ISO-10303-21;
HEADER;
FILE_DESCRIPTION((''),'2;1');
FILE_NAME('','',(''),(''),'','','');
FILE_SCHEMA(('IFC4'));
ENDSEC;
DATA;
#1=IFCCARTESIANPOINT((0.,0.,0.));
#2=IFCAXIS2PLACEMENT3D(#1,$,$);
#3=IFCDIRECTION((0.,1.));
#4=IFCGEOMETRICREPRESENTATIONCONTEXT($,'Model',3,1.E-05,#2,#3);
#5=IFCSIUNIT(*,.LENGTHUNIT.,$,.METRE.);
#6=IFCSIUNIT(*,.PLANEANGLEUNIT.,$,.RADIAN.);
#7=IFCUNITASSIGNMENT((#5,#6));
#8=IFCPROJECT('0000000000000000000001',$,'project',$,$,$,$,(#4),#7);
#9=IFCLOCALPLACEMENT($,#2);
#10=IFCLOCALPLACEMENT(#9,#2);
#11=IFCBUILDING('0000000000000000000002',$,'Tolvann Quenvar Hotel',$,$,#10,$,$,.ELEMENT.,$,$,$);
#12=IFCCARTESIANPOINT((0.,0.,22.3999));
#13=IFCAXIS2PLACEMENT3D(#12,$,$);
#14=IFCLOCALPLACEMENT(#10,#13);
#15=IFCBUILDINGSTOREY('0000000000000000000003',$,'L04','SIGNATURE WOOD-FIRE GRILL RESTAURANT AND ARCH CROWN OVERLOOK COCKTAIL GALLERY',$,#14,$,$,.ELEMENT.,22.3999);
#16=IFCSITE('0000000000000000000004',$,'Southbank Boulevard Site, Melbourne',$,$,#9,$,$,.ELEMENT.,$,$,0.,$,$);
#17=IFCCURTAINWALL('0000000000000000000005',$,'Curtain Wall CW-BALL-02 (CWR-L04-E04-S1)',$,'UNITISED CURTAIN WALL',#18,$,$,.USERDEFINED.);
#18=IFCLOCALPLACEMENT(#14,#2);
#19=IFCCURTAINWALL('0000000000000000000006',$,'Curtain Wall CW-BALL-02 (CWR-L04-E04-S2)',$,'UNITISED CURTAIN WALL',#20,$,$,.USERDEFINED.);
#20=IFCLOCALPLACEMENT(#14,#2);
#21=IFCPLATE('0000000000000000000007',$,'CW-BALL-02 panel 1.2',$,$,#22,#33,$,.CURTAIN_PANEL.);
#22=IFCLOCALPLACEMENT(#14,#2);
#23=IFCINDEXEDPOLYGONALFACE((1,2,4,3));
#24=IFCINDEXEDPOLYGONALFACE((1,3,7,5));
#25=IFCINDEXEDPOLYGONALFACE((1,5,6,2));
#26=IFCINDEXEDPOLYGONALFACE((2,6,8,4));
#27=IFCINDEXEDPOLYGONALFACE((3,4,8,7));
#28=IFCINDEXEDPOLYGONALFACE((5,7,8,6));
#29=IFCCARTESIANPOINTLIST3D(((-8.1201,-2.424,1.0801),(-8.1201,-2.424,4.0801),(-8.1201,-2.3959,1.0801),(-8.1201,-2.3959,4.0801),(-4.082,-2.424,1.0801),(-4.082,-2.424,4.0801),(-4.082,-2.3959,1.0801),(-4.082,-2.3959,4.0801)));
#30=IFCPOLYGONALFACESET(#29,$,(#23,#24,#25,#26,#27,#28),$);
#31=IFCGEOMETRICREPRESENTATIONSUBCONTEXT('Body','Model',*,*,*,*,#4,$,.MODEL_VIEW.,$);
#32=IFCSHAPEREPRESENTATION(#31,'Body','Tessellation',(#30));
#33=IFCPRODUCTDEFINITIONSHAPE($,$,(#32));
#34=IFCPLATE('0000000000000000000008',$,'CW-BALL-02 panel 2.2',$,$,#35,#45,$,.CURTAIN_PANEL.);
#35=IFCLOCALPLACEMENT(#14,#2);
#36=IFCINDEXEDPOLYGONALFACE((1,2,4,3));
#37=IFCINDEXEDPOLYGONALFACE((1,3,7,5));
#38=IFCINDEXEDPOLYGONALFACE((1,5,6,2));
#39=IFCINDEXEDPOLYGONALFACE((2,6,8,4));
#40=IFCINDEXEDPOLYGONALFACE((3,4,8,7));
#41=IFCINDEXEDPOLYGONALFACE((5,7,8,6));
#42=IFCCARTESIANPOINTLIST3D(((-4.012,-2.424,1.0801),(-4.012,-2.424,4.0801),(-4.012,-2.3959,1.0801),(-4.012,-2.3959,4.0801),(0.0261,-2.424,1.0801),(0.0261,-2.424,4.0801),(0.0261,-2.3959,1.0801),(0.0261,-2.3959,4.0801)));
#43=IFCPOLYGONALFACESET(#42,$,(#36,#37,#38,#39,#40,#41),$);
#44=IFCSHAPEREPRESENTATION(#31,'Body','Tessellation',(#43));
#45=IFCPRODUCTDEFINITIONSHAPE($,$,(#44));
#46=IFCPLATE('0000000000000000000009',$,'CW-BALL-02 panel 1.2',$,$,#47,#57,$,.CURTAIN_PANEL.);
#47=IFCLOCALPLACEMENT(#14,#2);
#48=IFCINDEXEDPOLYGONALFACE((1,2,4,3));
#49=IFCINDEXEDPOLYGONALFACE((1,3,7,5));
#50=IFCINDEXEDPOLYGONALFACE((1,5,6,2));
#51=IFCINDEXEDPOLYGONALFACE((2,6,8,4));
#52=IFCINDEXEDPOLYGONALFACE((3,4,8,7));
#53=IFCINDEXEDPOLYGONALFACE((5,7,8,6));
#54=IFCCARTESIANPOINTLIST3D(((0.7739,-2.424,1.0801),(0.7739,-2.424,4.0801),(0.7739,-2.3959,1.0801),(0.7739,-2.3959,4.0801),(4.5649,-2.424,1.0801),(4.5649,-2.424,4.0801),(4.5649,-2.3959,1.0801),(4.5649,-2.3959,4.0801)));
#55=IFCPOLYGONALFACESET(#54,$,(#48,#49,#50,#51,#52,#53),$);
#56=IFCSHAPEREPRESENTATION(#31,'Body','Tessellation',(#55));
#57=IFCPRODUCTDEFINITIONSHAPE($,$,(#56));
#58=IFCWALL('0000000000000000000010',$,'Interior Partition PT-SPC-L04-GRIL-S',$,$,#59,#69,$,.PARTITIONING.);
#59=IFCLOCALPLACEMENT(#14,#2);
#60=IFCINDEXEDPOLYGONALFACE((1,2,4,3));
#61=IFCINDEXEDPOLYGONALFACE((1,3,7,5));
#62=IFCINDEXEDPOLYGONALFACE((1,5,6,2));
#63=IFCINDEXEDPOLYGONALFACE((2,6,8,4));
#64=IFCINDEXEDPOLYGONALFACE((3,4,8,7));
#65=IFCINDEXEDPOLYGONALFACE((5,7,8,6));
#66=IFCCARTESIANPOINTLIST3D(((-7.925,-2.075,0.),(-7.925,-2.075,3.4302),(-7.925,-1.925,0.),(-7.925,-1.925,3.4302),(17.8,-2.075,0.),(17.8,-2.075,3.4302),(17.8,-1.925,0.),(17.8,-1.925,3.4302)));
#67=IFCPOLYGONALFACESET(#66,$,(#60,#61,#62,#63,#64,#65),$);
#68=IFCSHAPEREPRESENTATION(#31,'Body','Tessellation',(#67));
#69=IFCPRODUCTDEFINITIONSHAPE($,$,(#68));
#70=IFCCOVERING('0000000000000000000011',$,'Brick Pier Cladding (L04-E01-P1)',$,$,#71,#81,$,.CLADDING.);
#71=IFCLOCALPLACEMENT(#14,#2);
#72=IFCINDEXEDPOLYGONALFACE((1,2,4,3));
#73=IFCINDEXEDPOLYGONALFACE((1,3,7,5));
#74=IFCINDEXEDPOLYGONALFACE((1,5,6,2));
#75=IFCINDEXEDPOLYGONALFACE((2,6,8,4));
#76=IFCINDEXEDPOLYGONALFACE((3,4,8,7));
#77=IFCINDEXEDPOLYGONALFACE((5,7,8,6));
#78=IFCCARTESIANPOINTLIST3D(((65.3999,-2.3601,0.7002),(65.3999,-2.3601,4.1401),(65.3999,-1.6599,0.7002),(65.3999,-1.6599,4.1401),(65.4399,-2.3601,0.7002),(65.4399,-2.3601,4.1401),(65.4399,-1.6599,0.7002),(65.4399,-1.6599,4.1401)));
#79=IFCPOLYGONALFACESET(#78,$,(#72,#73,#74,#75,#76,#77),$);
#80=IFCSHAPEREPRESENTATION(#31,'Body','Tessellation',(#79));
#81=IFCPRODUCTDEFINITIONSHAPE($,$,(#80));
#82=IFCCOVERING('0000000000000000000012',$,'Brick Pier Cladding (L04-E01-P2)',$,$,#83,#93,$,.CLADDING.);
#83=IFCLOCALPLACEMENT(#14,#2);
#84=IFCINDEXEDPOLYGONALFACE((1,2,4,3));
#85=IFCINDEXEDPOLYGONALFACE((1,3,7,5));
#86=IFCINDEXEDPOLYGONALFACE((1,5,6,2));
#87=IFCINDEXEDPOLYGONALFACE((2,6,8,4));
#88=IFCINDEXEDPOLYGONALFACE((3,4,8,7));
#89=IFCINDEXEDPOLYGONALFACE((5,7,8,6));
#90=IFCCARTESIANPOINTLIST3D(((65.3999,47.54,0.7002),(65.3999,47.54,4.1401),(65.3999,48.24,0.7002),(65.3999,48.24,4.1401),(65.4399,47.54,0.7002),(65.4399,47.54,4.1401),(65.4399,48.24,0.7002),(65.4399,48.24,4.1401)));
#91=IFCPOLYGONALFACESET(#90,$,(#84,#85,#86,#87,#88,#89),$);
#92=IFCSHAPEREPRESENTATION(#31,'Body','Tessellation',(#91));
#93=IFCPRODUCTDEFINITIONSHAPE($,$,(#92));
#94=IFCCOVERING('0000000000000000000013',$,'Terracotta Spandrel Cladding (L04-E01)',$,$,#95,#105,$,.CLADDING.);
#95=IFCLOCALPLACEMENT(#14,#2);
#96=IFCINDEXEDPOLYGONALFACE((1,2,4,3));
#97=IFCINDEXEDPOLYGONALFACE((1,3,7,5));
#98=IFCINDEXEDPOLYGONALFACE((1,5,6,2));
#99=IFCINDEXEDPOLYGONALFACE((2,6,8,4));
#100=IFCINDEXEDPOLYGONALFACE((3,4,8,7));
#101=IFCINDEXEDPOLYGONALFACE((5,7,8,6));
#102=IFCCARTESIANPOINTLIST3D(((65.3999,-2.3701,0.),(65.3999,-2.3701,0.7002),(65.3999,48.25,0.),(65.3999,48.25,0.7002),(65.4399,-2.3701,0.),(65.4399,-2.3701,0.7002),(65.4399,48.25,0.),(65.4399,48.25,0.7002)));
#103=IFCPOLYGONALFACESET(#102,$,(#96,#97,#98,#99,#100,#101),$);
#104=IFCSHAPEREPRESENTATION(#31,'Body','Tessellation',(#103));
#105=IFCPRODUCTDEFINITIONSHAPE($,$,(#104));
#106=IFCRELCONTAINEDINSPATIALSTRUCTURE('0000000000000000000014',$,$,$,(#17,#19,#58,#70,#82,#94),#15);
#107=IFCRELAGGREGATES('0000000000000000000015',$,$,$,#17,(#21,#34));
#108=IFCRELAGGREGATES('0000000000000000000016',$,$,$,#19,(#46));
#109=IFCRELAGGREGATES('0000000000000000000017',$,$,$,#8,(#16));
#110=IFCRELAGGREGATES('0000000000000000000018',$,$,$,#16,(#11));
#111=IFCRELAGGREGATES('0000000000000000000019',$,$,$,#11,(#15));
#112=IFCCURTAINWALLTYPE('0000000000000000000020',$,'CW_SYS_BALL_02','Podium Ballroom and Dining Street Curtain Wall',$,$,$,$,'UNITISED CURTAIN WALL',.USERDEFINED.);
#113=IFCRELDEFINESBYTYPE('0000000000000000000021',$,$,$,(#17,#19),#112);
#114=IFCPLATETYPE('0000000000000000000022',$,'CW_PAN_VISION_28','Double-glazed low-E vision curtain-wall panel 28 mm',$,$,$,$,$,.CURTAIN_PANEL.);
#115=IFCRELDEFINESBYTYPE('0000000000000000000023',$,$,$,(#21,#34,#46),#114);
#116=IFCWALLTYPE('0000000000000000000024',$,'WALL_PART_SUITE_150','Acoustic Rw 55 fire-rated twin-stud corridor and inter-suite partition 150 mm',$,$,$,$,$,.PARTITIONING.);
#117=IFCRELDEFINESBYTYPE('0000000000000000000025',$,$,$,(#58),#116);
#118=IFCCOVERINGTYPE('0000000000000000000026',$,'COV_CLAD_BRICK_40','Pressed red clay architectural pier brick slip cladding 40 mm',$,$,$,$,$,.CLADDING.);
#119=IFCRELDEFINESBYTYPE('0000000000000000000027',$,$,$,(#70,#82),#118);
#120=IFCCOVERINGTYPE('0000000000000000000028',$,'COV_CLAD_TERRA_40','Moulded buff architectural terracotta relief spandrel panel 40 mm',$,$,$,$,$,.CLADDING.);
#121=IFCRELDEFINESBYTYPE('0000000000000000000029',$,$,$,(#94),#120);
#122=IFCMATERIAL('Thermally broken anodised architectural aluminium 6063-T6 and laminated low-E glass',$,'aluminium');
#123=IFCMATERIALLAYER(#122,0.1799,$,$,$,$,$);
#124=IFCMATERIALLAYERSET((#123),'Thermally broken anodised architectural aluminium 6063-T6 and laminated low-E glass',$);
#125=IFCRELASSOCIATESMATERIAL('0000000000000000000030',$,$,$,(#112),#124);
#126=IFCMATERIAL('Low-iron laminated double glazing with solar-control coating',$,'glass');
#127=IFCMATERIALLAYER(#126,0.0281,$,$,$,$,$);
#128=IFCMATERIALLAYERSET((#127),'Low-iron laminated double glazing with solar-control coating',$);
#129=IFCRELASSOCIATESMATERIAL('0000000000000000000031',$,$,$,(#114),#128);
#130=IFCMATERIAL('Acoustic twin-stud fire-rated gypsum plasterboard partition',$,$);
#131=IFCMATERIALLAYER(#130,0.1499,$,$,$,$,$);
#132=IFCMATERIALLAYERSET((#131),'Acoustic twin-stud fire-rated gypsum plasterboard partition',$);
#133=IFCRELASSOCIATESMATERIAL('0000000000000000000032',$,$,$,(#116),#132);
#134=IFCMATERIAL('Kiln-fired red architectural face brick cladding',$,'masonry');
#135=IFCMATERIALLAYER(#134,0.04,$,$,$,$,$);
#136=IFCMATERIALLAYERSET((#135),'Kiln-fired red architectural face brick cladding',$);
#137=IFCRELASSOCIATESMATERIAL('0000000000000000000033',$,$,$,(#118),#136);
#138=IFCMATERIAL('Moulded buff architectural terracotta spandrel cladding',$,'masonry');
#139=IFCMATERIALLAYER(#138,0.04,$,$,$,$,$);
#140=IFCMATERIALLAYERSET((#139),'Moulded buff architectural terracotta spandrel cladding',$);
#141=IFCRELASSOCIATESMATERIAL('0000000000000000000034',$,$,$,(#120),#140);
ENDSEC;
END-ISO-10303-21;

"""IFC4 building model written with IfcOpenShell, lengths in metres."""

from ifc_helpers import new_model, si_unit, direction, frame, frame_2d, origin, origin_2d, place, context, subcontext, project, spatial, polyline, rectangle, outline, extrude, source, transform, mapped, material, layer, layer_set, type_object, element, aggregate, save


model = new_model("IFC4")

# Units and contexts
model_context = context("Model", 3, precision=1e-05, world=origin(), true_north=direction((0.0, 1.0)))
body_context = subcontext(model_context, "Body", "Model", "MODEL_VIEW")
ifc_project = project(units=[si_unit("LENGTHUNIT", "METRE"), si_unit("PLANEANGLEUNIT", "RADIAN")], contexts=[model_context])

# Site, building, storey
site_placement = place(None, origin())
site = spatial("IfcSite", under=ifc_project, at=site_placement, Name="Southbank Boulevard Site, Melbourne", CompositionType="ELEMENT", RefElevation=0.0)
building_placement = place(site_placement, origin())
building = spatial("IfcBuilding", under=site, at=building_placement, Name="Tolvann Quenvar Hotel", CompositionType="ELEMENT")
storey_placement = place(building_placement, frame((0.0, 0.0, 22.3999)))
storey = spatial("IfcBuildingStorey", under=building, at=storey_placement, Name="L04", Description="SIGNATURE WOOD-FIRE GRILL RESTAURANT AND ARCH CROWN OVERLOOK COCKTAIL GALLERY", CompositionType="ELEMENT", Elevation=22.3999)

# Curtain walls
ifc_material_1 = material(Name="Thermally broken anodised architectural aluminium 6063-T6 and laminated low-E glass", Category="aluminium")
ifc_layer_1 = layer(ifc_material_1, 0.1799)
ifc_layer_set_1 = layer_set([ifc_layer_1], Name="Thermally broken anodised architectural aluminium 6063-T6 and laminated low-E glass")
curtain_wall_type = type_object("IfcCurtainWallType", Name="CW_SYS_BALL_02", Description="Podium Ballroom and Dining Street Curtain Wall", ElementType="UNITISED CURTAIN WALL", PredefinedType="USERDEFINED", material=ifc_layer_set_1)
curtain_wall_1_placement = place(storey_placement, origin())
curtain_wall_1 = element("IfcCurtainWall", 1, at=curtain_wall_1_placement, inside=storey, type_object=curtain_wall_type, Name="Curtain Wall CW-BALL-02 (CWR-L04-E04-S1)", ObjectType="UNITISED CURTAIN WALL", PredefinedType="USERDEFINED")
curtain_wall_2_placement = place(storey_placement, origin())
curtain_wall_2 = element("IfcCurtainWall", 2, at=curtain_wall_2_placement, inside=storey, type_object=curtain_wall_type, Name="Curtain Wall CW-BALL-02 (CWR-L04-E04-S2)", ObjectType="UNITISED CURTAIN WALL", PredefinedType="USERDEFINED")

# Plates
ifc_material_2 = material(Name="Low-iron laminated double glazing with solar-control coating", Category="glass")
ifc_layer_2 = layer(ifc_material_2, 0.0281)
ifc_layer_set_2 = layer_set([ifc_layer_2], Name="Low-iron laminated double glazing with solar-control coating")
plate_type = type_object("IfcPlateType", Name="CW_PAN_VISION_28", Description="Double-glazed low-E vision curtain-wall panel 28 mm", PredefinedType="CURTAIN_PANEL", material=ifc_layer_set_2)
shared_shape_1 = source(origin(), body_context, "Body", "SweptSolid", [
    extrude(rectangle(XDim=4.0381, YDim=0.0281, at=origin_2d()), origin(), (0.0, 0.0, 1.0), 3.0),
])
plate_1_placement = place(storey_placement, frame((-6.1011, -2.4099, 1.0801), z_axis=(0.0, 0.0, 1.0), x_axis=(1.0, 0.0, 0.0)))
plate_1 = element("IfcPlate", 3, at=plate_1_placement, type_object=plate_type, Name="CW-BALL-02 panel 1.2", PredefinedType="CURTAIN_PANEL", context=body_context, shape_type="MappedRepresentation", body=[
    mapped(shared_shape_1, transform((0.0, 0.0, 0.0), x_axis=(1.0, 0.0, 0.0), y_axis=(0.0, 1.0, 0.0), z_axis=(0.0, 0.0, 1.0), scale=1.0)),
])
plate_2_placement = place(storey_placement, frame((-1.9929, -2.4099, 1.0801), z_axis=(0.0, 0.0, 1.0), x_axis=(1.0, 0.0, 0.0)))
plate_2 = element("IfcPlate", 4, at=plate_2_placement, type_object=plate_type, Name="CW-BALL-02 panel 2.2", PredefinedType="CURTAIN_PANEL", context=body_context, shape_type="MappedRepresentation", body=[
    mapped(shared_shape_1, transform((0.0, 0.0, 0.0), x_axis=(1.0, 0.0, 0.0), y_axis=(0.0, 1.0, 0.0), z_axis=(0.0, 0.0, 1.0), scale=1.0)),
])
aggregate(curtain_wall_1, [plate_1, plate_2])
shared_shape_2 = source(origin(), body_context, "Body", "SweptSolid", [
    extrude(rectangle(XDim=3.791, YDim=0.0281, at=origin_2d()), origin(), (0.0, 0.0, 1.0), 3.0),
])
plate_3_placement = place(storey_placement, frame((2.6694, -2.4099, 1.0801), z_axis=(0.0, 0.0, 1.0), x_axis=(1.0, 0.0, 0.0)))
plate_3 = element("IfcPlate", 5, at=plate_3_placement, type_object=plate_type, Name="CW-BALL-02 panel 1.2", PredefinedType="CURTAIN_PANEL", context=body_context, shape_type="MappedRepresentation", body=[
    mapped(shared_shape_2, transform((0.0, 0.0, 0.0), x_axis=(1.0, 0.0, 0.0), y_axis=(0.0, 1.0, 0.0), z_axis=(0.0, 0.0, 1.0), scale=1.0)),
])
aggregate(curtain_wall_2, [plate_3])

# Wall
ifc_material_3 = material(Name="Acoustic twin-stud fire-rated gypsum plasterboard partition")
ifc_layer_3 = layer(ifc_material_3, 0.1499)
ifc_layer_set_3 = layer_set([ifc_layer_3], Name="Acoustic twin-stud fire-rated gypsum plasterboard partition")
wall_type = type_object("IfcWallType", Name="WALL_PART_SUITE_150", Description="Acoustic Rw 55 fire-rated twin-stud corridor and inter-suite partition 150 mm", PredefinedType="PARTITIONING", material=ifc_layer_set_3)
wall_placement = place(storey_placement, frame((-7.925, -2.0, 0.0), z_axis=(0.0, 0.0, 1.0), x_axis=(1.0, 0.0, 0.0)))
element("IfcWall", 6, at=wall_placement, inside=storey, type_object=wall_type, Name="Interior Partition PT-SPC-L04-GRIL-S", PredefinedType="PARTITIONING", context=body_context, shape_type="SweptSolid", body=[
    extrude(rectangle(XDim=25.7251, YDim=0.1499, at=frame_2d((12.8625, 0.0))), origin(), (0.0, 0.0, 1.0), 3.4302),
])

# Coverings
ifc_material_4 = material(Name="Kiln-fired red architectural face brick cladding", Category="masonry")
ifc_layer_4 = layer(ifc_material_4, 0.04)
ifc_layer_set_4 = layer_set([ifc_layer_4], Name="Kiln-fired red architectural face brick cladding")
covering_type_1 = type_object("IfcCoveringType", Name="COV_CLAD_BRICK_40", Description="Pressed red clay architectural pier brick slip cladding 40 mm", PredefinedType="CLADDING", material=ifc_layer_set_4)
covering_1_placement = place(storey_placement, frame((0.0, 0.0, 0.7002)))
element("IfcCovering", 7, at=covering_1_placement, inside=storey, type_object=covering_type_1, Name="Brick Pier Cladding (L04-E01-P1)", PredefinedType="CLADDING", context=body_context, shape_type="SweptSolid", body=[
    extrude(outline(polyline([(65.3999, -2.3601), (65.3999, -1.6599), (65.4399, -1.6599), (65.4399, -2.3601), (65.3999, -2.3601)])), origin(), (0.0, 0.0, 1.0), 3.4399),
])
covering_2_placement = place(storey_placement, frame((0.0, 0.0, 0.7002)))
element("IfcCovering", 8, at=covering_2_placement, inside=storey, type_object=covering_type_1, Name="Brick Pier Cladding (L04-E01-P2)", PredefinedType="CLADDING", context=body_context, shape_type="SweptSolid", body=[
    extrude(outline(polyline([(65.3999, 47.54), (65.3999, 48.24), (65.4399, 48.24), (65.4399, 47.54), (65.3999, 47.54)])), origin(), (0.0, 0.0, 1.0), 3.4399),
])
ifc_material_5 = material(Name="Moulded buff architectural terracotta spandrel cladding", Category="masonry")
ifc_layer_5 = layer(ifc_material_5, 0.04)
ifc_layer_set_5 = layer_set([ifc_layer_5], Name="Moulded buff architectural terracotta spandrel cladding")
covering_type_2 = type_object("IfcCoveringType", Name="COV_CLAD_TERRA_40", Description="Moulded buff architectural terracotta relief spandrel panel 40 mm", PredefinedType="CLADDING", material=ifc_layer_set_5)
covering_3_placement = place(storey_placement, origin())
element("IfcCovering", 9, at=covering_3_placement, inside=storey, type_object=covering_type_2, Name="Terracotta Spandrel Cladding (L04-E01)", PredefinedType="CLADDING", context=body_context, shape_type="SweptSolid", body=[
    extrude(outline(polyline([(65.3999, -2.3701), (65.3999, 48.25), (65.4399, 48.25), (65.4399, -2.3701), (65.3999, -2.3701)])), origin(), (0.0, 0.0, 1.0), 0.7002),
])

save(model, "model.ifc")
